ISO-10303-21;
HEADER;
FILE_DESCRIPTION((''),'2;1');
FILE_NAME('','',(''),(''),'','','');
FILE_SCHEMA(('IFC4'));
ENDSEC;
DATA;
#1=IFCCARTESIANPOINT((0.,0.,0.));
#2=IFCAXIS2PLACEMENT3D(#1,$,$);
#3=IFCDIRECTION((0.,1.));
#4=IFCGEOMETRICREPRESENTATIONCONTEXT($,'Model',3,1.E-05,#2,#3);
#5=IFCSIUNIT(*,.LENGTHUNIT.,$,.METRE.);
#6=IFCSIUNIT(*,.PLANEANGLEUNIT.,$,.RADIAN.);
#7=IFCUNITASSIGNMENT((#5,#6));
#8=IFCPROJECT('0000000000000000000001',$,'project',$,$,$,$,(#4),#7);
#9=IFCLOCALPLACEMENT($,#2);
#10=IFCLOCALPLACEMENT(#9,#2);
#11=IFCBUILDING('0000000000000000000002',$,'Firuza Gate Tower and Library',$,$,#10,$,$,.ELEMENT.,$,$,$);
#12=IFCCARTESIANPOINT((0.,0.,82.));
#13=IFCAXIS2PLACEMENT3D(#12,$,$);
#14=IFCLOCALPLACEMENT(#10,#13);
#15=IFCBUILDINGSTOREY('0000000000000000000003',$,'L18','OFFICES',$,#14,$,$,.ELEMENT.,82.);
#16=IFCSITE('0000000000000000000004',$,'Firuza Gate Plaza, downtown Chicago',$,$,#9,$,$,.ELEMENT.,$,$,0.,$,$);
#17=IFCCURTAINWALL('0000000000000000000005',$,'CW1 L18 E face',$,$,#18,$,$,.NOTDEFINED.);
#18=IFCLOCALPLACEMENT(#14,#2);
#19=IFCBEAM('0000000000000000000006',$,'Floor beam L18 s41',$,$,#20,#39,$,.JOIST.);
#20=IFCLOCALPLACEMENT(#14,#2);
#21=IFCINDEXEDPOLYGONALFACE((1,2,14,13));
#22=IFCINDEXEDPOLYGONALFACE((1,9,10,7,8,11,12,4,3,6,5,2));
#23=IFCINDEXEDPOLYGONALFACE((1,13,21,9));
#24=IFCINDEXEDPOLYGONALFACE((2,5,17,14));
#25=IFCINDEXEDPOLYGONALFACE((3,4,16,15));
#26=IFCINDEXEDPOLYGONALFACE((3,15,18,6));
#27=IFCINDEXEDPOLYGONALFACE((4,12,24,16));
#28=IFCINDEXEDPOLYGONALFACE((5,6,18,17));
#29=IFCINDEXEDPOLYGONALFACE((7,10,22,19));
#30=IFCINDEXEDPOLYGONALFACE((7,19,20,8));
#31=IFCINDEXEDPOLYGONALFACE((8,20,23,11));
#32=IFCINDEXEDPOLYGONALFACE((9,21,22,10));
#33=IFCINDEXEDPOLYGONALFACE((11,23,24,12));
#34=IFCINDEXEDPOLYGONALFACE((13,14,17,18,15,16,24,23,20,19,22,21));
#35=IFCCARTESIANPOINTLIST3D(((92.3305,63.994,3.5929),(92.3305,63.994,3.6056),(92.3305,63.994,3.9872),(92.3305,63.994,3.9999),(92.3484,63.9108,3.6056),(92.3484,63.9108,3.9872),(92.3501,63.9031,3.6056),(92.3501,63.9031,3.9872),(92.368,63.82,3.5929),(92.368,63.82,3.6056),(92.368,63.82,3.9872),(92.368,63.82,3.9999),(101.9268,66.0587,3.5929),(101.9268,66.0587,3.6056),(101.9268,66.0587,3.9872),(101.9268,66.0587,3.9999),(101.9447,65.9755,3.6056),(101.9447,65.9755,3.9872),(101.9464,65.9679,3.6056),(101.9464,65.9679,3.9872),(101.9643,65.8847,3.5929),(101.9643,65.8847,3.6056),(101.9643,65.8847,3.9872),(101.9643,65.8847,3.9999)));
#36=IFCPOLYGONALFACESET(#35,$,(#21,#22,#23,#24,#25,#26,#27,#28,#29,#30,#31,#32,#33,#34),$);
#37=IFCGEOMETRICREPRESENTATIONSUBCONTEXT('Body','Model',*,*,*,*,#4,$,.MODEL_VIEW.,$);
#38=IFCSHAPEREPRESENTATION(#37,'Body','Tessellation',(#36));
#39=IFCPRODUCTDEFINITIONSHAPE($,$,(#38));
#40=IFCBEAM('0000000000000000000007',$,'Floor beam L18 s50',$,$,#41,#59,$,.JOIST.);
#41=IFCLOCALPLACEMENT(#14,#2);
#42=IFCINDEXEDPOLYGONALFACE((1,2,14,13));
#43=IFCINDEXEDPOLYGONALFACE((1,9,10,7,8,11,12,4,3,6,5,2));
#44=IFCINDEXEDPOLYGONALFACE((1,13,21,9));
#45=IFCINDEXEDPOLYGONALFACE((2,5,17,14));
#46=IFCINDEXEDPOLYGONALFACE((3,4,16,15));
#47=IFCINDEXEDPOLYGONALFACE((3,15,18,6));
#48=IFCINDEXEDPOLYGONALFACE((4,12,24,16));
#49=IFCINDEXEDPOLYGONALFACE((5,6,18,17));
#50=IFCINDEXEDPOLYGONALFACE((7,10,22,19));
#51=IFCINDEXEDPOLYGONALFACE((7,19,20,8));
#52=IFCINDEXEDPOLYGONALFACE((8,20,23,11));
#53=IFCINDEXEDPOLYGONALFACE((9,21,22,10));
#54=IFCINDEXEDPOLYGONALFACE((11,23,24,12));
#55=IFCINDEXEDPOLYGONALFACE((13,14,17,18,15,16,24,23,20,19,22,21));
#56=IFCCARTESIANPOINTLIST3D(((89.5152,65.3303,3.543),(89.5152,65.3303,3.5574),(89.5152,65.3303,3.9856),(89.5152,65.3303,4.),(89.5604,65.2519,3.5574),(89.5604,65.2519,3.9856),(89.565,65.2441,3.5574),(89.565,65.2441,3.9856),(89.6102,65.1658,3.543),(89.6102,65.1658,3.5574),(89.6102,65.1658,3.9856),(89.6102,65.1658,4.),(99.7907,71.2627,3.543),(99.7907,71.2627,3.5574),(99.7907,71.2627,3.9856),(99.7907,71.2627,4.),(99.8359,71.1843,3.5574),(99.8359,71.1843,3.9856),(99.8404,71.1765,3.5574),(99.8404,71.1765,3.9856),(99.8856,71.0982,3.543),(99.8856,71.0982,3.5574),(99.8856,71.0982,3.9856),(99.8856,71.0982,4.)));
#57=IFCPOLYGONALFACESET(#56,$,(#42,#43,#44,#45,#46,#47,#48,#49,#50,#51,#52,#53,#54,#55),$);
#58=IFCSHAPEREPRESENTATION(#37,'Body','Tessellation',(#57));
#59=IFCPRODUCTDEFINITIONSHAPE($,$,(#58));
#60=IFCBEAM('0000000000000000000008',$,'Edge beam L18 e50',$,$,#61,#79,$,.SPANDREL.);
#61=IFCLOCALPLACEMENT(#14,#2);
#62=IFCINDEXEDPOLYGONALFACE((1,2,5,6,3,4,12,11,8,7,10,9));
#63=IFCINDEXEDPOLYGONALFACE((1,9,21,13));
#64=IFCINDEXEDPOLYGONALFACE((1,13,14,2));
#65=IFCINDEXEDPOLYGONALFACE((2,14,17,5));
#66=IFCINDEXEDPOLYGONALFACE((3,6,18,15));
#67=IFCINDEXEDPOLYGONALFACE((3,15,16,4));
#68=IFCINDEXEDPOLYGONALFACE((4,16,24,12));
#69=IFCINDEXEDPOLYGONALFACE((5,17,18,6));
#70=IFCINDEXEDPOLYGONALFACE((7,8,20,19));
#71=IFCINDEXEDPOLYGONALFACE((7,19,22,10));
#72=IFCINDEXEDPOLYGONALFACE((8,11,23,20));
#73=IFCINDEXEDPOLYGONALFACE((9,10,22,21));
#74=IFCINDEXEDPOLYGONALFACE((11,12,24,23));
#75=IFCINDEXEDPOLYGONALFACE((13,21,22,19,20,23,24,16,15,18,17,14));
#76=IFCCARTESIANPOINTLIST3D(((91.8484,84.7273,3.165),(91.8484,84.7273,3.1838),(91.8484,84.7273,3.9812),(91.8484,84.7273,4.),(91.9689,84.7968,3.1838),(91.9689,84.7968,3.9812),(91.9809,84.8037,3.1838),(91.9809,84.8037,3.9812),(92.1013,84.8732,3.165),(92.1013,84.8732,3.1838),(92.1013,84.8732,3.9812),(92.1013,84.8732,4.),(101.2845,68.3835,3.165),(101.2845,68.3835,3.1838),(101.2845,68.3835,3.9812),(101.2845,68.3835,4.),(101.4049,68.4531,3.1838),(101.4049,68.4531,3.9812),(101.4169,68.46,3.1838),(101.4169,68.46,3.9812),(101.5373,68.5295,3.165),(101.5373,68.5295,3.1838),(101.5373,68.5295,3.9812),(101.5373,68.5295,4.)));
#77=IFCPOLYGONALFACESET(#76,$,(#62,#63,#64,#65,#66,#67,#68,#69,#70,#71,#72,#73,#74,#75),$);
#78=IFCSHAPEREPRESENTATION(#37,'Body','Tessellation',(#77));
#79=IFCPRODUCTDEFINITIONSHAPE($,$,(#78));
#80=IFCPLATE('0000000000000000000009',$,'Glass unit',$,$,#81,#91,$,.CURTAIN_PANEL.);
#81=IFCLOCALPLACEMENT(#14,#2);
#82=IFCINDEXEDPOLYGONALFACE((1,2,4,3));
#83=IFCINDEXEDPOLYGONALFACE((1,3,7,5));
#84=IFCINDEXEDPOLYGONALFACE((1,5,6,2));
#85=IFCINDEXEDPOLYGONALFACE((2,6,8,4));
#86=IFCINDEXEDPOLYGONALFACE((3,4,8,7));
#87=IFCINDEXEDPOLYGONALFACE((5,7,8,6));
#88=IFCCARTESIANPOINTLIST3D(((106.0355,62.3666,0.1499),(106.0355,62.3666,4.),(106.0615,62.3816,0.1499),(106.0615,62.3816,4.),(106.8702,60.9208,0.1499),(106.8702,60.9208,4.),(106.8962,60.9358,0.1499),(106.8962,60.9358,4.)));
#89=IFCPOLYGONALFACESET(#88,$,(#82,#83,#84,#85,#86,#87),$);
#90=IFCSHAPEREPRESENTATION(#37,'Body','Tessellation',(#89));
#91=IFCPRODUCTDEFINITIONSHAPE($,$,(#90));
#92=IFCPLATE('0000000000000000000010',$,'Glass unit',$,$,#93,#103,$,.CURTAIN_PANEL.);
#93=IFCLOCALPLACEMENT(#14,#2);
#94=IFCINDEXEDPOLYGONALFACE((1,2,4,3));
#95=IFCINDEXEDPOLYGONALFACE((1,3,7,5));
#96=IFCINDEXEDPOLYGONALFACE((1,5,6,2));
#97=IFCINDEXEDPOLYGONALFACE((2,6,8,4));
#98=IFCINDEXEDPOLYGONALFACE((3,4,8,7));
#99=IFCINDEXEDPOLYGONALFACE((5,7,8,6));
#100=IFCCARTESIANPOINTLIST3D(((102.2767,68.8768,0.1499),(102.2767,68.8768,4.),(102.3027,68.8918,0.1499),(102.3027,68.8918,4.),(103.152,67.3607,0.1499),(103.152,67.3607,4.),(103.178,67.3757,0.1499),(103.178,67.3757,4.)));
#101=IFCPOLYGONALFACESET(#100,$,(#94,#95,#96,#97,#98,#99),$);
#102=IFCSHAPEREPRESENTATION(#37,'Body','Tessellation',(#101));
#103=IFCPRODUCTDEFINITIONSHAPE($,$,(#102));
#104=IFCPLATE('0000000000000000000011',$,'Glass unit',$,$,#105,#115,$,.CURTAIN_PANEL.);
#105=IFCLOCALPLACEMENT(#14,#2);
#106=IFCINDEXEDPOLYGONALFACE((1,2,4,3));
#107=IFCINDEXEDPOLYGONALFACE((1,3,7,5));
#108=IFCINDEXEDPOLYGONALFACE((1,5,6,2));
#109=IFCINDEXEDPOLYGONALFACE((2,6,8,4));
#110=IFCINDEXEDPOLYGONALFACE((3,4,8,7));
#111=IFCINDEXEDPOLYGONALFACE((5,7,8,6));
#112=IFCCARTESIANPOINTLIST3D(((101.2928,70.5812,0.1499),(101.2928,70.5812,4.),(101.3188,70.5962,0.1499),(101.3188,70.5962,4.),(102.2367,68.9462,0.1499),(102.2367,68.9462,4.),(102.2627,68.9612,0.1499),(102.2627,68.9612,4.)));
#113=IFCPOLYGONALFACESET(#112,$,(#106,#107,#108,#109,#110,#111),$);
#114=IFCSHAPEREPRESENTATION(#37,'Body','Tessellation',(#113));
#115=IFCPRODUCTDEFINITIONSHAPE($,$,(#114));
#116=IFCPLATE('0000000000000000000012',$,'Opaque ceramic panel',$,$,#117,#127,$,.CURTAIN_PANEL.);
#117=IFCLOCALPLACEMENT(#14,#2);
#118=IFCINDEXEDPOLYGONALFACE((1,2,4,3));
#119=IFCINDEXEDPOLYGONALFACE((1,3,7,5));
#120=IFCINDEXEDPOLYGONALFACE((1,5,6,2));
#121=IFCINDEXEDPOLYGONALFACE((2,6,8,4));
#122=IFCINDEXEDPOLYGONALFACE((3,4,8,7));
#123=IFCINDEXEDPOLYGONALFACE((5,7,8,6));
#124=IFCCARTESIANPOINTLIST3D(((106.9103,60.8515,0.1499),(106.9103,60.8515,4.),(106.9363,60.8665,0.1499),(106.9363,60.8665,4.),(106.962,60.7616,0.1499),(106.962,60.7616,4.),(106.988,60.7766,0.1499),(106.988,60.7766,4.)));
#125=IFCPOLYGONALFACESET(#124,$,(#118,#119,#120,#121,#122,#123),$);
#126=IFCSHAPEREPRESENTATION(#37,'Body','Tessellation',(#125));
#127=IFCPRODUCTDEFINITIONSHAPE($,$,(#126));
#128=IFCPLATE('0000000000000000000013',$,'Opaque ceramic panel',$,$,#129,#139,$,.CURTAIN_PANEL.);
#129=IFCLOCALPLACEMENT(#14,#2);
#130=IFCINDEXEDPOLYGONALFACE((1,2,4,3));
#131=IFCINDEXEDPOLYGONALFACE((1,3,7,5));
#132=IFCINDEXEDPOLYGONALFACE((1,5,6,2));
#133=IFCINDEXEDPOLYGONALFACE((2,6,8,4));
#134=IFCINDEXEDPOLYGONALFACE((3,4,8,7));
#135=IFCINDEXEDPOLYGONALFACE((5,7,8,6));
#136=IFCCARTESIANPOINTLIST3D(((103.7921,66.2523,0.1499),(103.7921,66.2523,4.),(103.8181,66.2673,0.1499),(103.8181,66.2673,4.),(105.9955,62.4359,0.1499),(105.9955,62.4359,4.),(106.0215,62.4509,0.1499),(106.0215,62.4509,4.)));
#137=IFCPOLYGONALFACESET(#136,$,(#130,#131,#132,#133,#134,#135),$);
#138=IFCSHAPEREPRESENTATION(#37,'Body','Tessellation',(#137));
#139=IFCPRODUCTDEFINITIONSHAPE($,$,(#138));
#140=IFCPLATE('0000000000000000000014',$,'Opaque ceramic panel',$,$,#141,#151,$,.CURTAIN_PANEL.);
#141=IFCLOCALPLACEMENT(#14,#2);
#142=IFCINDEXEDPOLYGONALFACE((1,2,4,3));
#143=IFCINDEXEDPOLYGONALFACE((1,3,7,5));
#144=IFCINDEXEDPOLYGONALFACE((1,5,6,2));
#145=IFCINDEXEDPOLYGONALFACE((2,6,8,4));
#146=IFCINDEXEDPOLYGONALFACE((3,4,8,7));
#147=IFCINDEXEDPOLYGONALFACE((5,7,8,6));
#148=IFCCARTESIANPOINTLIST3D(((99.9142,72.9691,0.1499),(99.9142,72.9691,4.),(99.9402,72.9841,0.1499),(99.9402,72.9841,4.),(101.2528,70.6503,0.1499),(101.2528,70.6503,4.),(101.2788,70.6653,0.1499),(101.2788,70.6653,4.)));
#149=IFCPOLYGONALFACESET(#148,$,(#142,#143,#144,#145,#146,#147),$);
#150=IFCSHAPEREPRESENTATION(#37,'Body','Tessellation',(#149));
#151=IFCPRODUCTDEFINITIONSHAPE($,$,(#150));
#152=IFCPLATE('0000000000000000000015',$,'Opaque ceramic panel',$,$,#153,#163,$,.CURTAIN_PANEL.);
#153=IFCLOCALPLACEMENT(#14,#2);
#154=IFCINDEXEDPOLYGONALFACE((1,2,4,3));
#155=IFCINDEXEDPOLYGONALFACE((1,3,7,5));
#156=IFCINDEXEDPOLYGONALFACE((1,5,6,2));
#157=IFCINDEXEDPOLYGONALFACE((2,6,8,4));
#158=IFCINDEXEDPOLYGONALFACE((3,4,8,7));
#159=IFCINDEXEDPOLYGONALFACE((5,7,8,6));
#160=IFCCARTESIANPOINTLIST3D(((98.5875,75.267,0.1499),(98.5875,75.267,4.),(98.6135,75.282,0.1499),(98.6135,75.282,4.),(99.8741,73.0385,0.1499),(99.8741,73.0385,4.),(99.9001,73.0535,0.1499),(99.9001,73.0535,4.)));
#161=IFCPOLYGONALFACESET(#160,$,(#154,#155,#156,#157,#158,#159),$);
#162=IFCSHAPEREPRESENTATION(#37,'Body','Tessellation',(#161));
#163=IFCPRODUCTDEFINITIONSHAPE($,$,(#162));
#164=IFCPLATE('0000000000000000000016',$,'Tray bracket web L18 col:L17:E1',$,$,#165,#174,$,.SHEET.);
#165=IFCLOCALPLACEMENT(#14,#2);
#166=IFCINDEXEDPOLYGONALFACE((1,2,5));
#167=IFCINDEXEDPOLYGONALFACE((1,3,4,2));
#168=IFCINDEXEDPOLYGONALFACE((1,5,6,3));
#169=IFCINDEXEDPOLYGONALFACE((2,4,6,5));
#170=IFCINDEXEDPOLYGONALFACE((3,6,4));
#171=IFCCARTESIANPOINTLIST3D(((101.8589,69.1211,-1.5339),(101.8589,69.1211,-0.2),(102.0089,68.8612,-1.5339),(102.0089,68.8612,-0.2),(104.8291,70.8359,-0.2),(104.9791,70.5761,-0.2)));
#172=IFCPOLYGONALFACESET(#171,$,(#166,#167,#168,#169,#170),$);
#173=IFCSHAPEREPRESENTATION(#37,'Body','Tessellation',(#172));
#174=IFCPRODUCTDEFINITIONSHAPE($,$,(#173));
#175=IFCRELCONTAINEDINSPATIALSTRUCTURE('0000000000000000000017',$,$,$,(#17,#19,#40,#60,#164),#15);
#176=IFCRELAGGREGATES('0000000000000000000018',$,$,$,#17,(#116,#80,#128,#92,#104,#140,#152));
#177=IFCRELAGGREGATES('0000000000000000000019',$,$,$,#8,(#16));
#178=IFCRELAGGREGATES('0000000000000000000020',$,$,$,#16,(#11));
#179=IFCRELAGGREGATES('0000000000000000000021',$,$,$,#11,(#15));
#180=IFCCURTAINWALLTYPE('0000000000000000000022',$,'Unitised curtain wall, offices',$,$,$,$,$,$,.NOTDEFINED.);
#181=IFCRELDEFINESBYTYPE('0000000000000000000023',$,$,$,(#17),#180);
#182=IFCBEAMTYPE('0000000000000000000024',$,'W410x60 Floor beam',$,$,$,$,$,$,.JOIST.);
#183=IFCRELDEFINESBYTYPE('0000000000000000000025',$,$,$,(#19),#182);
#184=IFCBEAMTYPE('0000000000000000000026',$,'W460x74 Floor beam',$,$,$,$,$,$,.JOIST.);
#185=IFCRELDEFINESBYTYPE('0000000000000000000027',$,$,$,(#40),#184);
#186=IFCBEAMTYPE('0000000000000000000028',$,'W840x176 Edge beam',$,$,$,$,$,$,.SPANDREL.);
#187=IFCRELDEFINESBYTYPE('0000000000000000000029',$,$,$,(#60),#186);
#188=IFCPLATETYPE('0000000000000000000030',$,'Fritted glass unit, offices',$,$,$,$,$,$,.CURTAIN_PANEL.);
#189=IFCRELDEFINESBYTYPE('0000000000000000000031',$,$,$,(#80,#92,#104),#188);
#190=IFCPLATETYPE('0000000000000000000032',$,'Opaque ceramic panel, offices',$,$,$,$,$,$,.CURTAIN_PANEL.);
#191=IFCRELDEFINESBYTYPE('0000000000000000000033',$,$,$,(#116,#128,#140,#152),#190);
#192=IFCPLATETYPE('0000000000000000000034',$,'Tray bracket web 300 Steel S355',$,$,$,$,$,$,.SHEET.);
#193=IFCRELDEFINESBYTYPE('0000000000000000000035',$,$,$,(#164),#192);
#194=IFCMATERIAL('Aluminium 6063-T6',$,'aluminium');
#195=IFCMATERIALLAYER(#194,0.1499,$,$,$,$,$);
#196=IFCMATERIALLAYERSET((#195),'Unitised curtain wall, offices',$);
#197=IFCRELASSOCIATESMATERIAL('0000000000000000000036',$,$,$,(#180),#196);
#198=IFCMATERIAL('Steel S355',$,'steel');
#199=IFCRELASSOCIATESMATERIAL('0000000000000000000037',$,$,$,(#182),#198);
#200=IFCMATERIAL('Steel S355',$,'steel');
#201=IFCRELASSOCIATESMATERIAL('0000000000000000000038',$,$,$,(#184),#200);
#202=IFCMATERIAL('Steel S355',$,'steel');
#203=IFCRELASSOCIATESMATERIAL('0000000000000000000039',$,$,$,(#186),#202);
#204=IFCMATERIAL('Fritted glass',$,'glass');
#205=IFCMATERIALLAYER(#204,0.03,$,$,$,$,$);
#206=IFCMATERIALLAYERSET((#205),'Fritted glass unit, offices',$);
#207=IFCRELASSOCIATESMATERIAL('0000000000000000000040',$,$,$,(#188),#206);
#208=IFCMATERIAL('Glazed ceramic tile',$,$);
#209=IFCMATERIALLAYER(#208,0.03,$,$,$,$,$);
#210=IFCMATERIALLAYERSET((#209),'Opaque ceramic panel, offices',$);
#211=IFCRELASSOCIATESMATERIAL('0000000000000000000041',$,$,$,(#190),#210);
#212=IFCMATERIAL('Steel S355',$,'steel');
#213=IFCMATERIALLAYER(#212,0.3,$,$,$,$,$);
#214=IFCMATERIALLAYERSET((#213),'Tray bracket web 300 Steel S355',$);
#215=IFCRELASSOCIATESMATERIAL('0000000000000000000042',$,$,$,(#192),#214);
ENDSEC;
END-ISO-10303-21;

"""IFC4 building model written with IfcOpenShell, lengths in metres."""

from ifc_helpers import new_model, si_unit, direction, frame, origin, origin_2d, place, context, subcontext, project, spatial, polyline, i_section, outline, extrude, material, layer, layer_set, material_profile, profile_set, type_object, element, aggregate, save


model = new_model("IFC4")

# Units and contexts
model_context = context("Model", 3, precision=1e-05, world=origin(), true_north=direction((0.0, 1.0)))
body_context = subcontext(model_context, "Body", "Model", "MODEL_VIEW")
ifc_project = project(units=[si_unit("LENGTHUNIT", "METRE"), si_unit("PLANEANGLEUNIT", "RADIAN")], contexts=[model_context])

# Site, building, storey
site_placement = place(None, origin())
site = spatial("IfcSite", under=ifc_project, at=site_placement, Name="Firuza Gate Plaza, downtown Chicago", CompositionType="ELEMENT", RefElevation=0.0)
building_placement = place(site_placement, origin())
building = spatial("IfcBuilding", under=site, at=building_placement, Name="Firuza Gate Tower and Library", CompositionType="ELEMENT")
storey_placement = place(building_placement, frame((0.0, 0.0, 82.0)))
storey = spatial("IfcBuildingStorey", under=building, at=storey_placement, Name="L18", Description="OFFICES", CompositionType="ELEMENT", Elevation=82.0)

# Curtain wall
ifc_material_1 = material(Name="Aluminium 6063-T6", Category="aluminium")
ifc_layer_1 = layer(ifc_material_1, 0.1499)
ifc_layer_set_1 = layer_set([ifc_layer_1], Name="Unitised curtain wall, offices")
curtain_wall_type = type_object("IfcCurtainWallType", Name="Unitised curtain wall, offices", PredefinedType="NOTDEFINED", material=ifc_layer_set_1)
curtain_wall_placement = place(storey_placement, origin())
curtain_wall = element("IfcCurtainWall", 1, at=curtain_wall_placement, inside=storey, type_object=curtain_wall_type, Name="CW1 L18 E face", PredefinedType="NOTDEFINED")

# Beams
ifc_material_2 = material(Name="Steel S355", Category="steel")
ifc_material_profile_1 = material_profile(ifc_material_2, i_section(OverallWidth=0.178, OverallDepth=0.407, WebThickness=0.0078, FlangeThickness=0.0127, at=origin_2d()))
ifc_profile_set_1 = profile_set([ifc_material_profile_1], Name="Steel S355")
beam_type_1 = type_object("IfcBeamType", Name="W410x60 Floor beam", PredefinedType="JOIST", material=ifc_profile_set_1)
beam_1_placement = place(storey_placement, frame((101.9456, 65.9717, 3.7964), z_axis=(-0.977627, -0.210344, 0.0), x_axis=(0.210344, -0.977627, 0.0)))
element("IfcBeam", 2, at=beam_1_placement, inside=storey, type_object=beam_type_1, Name="Floor beam L18 s41", PredefinedType="JOIST", context=body_context, shape_type="SweptSolid", body=[
    extrude(i_section(OverallWidth=0.178, OverallDepth=0.407, WebThickness=0.0078, FlangeThickness=0.0127, at=origin_2d()), origin(), (0.0, 0.0, 1.0), 9.8159),
])
ifc_material_3 = material(Name="Steel S355", Category="steel")
ifc_material_profile_2 = material_profile(ifc_material_3, i_section(OverallWidth=0.1899, OverallDepth=0.457, WebThickness=0.009, FlangeThickness=0.0144, at=origin_2d()))
ifc_profile_set_2 = profile_set([ifc_material_profile_2], Name="Steel S355")
beam_type_2 = type_object("IfcBeamType", Name="W460x74 Floor beam", PredefinedType="JOIST", material=ifc_profile_set_2)
beam_2_placement = place(storey_placement, frame((99.8381, 71.1804, 3.7715), z_axis=(-0.86603, -0.499992, 0.0), x_axis=(0.499992, -0.86603, 0.0)))
element("IfcBeam", 3, at=beam_2_placement, inside=storey, type_object=beam_type_2, Name="Floor beam L18 s50", PredefinedType="JOIST", context=body_context, shape_type="SweptSolid", body=[
    extrude(i_section(OverallWidth=0.1899, OverallDepth=0.457, WebThickness=0.009, FlangeThickness=0.0144, at=origin_2d()), origin(), (0.0, 0.0, 1.0), 11.865),
])
ifc_material_4 = material(Name="Steel S355", Category="steel")
ifc_material_profile_3 = material_profile(ifc_material_4, i_section(OverallWidth=0.292, OverallDepth=0.835, WebThickness=0.0139, FlangeThickness=0.0188, at=origin_2d()))
ifc_profile_set_3 = profile_set([ifc_material_profile_3], Name="Steel S355")
beam_type_3 = type_object("IfcBeamType", Name="W840x176 Edge beam", PredefinedType="SPANDREL", material=ifc_profile_set_3)
beam_3_placement = place(storey_placement, frame((101.4109, 68.4565, 3.5825), z_axis=(-0.499999, 0.866026, 0.0), x_axis=(-0.866026, -0.499999, 0.0)))
element("IfcBeam", 4, at=beam_3_placement, inside=storey, type_object=beam_type_3, Name="Edge beam L18 e50", PredefinedType="SPANDREL", context=body_context, shape_type="SweptSolid", body=[
    extrude(i_section(OverallWidth=0.292, OverallDepth=0.835, WebThickness=0.0139, FlangeThickness=0.0188, at=origin_2d()), origin(), (0.0, 0.0, 1.0), 18.8721),
])

# Plates
ifc_material_5 = material(Name="Fritted glass", Category="glass")
ifc_layer_2 = layer(ifc_material_5, 0.03)
ifc_layer_set_2 = layer_set([ifc_layer_2], Name="Fritted glass unit, offices")
plate_type_1 = type_object("IfcPlateType", Name="Fritted glass unit, offices", PredefinedType="CURTAIN_PANEL", material=ifc_layer_set_2)
plate_1_placement = place(storey_placement, frame((106.8962, 60.9358, 0.1499), z_axis=(0.86603, 0.499993, 0.0), x_axis=(-0.499993, 0.86603, 0.0)))
plate_1 = element("IfcPlate", 5, at=plate_1_placement, type_object=plate_type_1, Name="Glass unit", PredefinedType="CURTAIN_PANEL", context=body_context, shape_type="SweptSolid", body=[
    extrude(outline(polyline([(0.0, 0.0), (1.6695, 0.0), (1.6695, 3.8501), (0.0, 3.8501), (0.0, 0.0)])), origin(), (0.0, 0.0, -1.0), 0.03),
])
plate_2_placement = place(storey_placement, frame((103.178, 67.3757, 0.1499), z_axis=(0.866046, 0.499964, 0.0), x_axis=(-0.499964, 0.866046, 0.0)))
plate_2 = element("IfcPlate", 6, at=plate_2_placement, type_object=plate_type_1, Name="Glass unit", PredefinedType="CURTAIN_PANEL", context=body_context, shape_type="SweptSolid", body=[
    extrude(outline(polyline([(0.0, 0.0), (1.7506, 0.0), (1.7506, 3.8501), (0.0, 3.8501), (0.0, 0.0)])), origin(), (0.0, 0.0, -1.0), 0.03),
])
plate_3_placement = place(storey_placement, frame((102.2627, 68.9612, 0.1499), z_axis=(0.866054, 0.49995, 0.0), x_axis=(-0.49995, 0.866054, 0.0)))
plate_3 = element("IfcPlate", 7, at=plate_3_placement, type_object=plate_type_1, Name="Glass unit", PredefinedType="CURTAIN_PANEL", context=body_context, shape_type="SweptSolid", body=[
    extrude(outline(polyline([(0.0, 0.0), (1.8879, 0.0), (1.8879, 3.8501), (0.0, 3.8501), (0.0, 0.0)])), origin(), (0.0, 0.0, -1.0), 0.03),
])
ifc_material_6 = material(Name="Glazed ceramic tile")
ifc_layer_3 = layer(ifc_material_6, 0.03)
ifc_layer_set_3 = layer_set([ifc_layer_3], Name="Opaque ceramic panel, offices")
plate_type_2 = type_object("IfcPlateType", Name="Opaque ceramic panel, offices", PredefinedType="CURTAIN_PANEL", material=ifc_layer_set_3)
plate_4_placement = place(storey_placement, frame((106.988, 60.7766, 0.1499), z_axis=(0.866499, 0.499179, 0.0), x_axis=(-0.499179, 0.866499, 0.0)))
plate_4 = element("IfcPlate", 8, at=plate_4_placement, type_object=plate_type_2, Name="Opaque ceramic panel", PredefinedType="CURTAIN_PANEL", context=body_context, shape_type="SweptSolid", body=[
    extrude(outline(polyline([(0.0, 0.0), (0.1037, 0.0), (0.1037, 3.8501), (0.0, 3.8501), (0.0, 0.0)])), origin(), (0.0, 0.0, -1.0), 0.03),
])
plate_5_placement = place(storey_placement, frame((106.0215, 62.4509, 0.1499), z_axis=(0.866029, 0.499994, 0.0), x_axis=(-0.499994, 0.866029, 0.0)))
plate_5 = element("IfcPlate", 9, at=plate_5_placement, type_object=plate_type_2, Name="Opaque ceramic panel", PredefinedType="CURTAIN_PANEL", context=body_context, shape_type="SweptSolid", body=[
    extrude(outline(polyline([(0.0, 0.0), (4.4068, 0.0), (4.4068, 3.8501), (0.0, 3.8501), (0.0, 0.0)])), origin(), (0.0, 0.0, -1.0), 0.03),
])
plate_6_placement = place(storey_placement, frame((101.2788, 70.6653, 0.1499), z_axis=(0.866052, 0.499954, 0.0), x_axis=(-0.499954, 0.866052, 0.0)))
plate_6 = element("IfcPlate", 10, at=plate_6_placement, type_object=plate_type_2, Name="Opaque ceramic panel", PredefinedType="CURTAIN_PANEL", context=body_context, shape_type="SweptSolid", body=[
    extrude(outline(polyline([(0.0, 0.0), (2.6775, 0.0), (2.6775, 3.8501), (0.0, 3.8501), (0.0, 0.0)])), origin(), (0.0, 0.0, -1.0), 0.03),
])
plate_7_placement = place(storey_placement, frame((99.9001, 73.0535, 0.1499), z_axis=(0.866028, 0.499996, 0.0), x_axis=(-0.499996, 0.866028, 0.0)))
plate_7 = element("IfcPlate", 11, at=plate_7_placement, type_object=plate_type_2, Name="Opaque ceramic panel", PredefinedType="CURTAIN_PANEL", context=body_context, shape_type="SweptSolid", body=[
    extrude(outline(polyline([(0.0, 0.0), (2.5733, 0.0), (2.5733, 3.8501), (0.0, 3.8501), (0.0, 0.0)])), origin(), (0.0, 0.0, -1.0), 0.03),
])

# Plate
ifc_material_7 = material(Name="Steel S355", Category="steel")
ifc_layer_4 = layer(ifc_material_7, 0.3)
ifc_layer_set_4 = layer_set([ifc_layer_4], Name="Tray bracket web 300 Steel S355")
plate_type_3 = type_object("IfcPlateType", Name="Tray bracket web 300 Steel S355", PredefinedType="SHEET", material=ifc_layer_set_4)
plate_8_placement = place(storey_placement, frame((101.8589, 69.1211, -0.2), z_axis=(-0.499998, 0.866027, 0.0), x_axis=(0.866027, 0.499998, 0.0)))
element("IfcPlate", 12, at=plate_8_placement, inside=storey, type_object=plate_type_3, Name="Tray bracket web L18 col:L17:E1", PredefinedType="SHEET", context=body_context, shape_type="SweptSolid", body=[
    extrude(outline(polyline([(0.0, 0.0), (3.4297, 0.0), (0.0, 1.334), (0.0, 0.0)])), origin(), (0.0, 0.0, -1.0), 0.3),
])

aggregate(curtain_wall, [plate_4, plate_1, plate_5, plate_2, plate_3, plate_6, plate_7])

save(model, "model.ifc")
